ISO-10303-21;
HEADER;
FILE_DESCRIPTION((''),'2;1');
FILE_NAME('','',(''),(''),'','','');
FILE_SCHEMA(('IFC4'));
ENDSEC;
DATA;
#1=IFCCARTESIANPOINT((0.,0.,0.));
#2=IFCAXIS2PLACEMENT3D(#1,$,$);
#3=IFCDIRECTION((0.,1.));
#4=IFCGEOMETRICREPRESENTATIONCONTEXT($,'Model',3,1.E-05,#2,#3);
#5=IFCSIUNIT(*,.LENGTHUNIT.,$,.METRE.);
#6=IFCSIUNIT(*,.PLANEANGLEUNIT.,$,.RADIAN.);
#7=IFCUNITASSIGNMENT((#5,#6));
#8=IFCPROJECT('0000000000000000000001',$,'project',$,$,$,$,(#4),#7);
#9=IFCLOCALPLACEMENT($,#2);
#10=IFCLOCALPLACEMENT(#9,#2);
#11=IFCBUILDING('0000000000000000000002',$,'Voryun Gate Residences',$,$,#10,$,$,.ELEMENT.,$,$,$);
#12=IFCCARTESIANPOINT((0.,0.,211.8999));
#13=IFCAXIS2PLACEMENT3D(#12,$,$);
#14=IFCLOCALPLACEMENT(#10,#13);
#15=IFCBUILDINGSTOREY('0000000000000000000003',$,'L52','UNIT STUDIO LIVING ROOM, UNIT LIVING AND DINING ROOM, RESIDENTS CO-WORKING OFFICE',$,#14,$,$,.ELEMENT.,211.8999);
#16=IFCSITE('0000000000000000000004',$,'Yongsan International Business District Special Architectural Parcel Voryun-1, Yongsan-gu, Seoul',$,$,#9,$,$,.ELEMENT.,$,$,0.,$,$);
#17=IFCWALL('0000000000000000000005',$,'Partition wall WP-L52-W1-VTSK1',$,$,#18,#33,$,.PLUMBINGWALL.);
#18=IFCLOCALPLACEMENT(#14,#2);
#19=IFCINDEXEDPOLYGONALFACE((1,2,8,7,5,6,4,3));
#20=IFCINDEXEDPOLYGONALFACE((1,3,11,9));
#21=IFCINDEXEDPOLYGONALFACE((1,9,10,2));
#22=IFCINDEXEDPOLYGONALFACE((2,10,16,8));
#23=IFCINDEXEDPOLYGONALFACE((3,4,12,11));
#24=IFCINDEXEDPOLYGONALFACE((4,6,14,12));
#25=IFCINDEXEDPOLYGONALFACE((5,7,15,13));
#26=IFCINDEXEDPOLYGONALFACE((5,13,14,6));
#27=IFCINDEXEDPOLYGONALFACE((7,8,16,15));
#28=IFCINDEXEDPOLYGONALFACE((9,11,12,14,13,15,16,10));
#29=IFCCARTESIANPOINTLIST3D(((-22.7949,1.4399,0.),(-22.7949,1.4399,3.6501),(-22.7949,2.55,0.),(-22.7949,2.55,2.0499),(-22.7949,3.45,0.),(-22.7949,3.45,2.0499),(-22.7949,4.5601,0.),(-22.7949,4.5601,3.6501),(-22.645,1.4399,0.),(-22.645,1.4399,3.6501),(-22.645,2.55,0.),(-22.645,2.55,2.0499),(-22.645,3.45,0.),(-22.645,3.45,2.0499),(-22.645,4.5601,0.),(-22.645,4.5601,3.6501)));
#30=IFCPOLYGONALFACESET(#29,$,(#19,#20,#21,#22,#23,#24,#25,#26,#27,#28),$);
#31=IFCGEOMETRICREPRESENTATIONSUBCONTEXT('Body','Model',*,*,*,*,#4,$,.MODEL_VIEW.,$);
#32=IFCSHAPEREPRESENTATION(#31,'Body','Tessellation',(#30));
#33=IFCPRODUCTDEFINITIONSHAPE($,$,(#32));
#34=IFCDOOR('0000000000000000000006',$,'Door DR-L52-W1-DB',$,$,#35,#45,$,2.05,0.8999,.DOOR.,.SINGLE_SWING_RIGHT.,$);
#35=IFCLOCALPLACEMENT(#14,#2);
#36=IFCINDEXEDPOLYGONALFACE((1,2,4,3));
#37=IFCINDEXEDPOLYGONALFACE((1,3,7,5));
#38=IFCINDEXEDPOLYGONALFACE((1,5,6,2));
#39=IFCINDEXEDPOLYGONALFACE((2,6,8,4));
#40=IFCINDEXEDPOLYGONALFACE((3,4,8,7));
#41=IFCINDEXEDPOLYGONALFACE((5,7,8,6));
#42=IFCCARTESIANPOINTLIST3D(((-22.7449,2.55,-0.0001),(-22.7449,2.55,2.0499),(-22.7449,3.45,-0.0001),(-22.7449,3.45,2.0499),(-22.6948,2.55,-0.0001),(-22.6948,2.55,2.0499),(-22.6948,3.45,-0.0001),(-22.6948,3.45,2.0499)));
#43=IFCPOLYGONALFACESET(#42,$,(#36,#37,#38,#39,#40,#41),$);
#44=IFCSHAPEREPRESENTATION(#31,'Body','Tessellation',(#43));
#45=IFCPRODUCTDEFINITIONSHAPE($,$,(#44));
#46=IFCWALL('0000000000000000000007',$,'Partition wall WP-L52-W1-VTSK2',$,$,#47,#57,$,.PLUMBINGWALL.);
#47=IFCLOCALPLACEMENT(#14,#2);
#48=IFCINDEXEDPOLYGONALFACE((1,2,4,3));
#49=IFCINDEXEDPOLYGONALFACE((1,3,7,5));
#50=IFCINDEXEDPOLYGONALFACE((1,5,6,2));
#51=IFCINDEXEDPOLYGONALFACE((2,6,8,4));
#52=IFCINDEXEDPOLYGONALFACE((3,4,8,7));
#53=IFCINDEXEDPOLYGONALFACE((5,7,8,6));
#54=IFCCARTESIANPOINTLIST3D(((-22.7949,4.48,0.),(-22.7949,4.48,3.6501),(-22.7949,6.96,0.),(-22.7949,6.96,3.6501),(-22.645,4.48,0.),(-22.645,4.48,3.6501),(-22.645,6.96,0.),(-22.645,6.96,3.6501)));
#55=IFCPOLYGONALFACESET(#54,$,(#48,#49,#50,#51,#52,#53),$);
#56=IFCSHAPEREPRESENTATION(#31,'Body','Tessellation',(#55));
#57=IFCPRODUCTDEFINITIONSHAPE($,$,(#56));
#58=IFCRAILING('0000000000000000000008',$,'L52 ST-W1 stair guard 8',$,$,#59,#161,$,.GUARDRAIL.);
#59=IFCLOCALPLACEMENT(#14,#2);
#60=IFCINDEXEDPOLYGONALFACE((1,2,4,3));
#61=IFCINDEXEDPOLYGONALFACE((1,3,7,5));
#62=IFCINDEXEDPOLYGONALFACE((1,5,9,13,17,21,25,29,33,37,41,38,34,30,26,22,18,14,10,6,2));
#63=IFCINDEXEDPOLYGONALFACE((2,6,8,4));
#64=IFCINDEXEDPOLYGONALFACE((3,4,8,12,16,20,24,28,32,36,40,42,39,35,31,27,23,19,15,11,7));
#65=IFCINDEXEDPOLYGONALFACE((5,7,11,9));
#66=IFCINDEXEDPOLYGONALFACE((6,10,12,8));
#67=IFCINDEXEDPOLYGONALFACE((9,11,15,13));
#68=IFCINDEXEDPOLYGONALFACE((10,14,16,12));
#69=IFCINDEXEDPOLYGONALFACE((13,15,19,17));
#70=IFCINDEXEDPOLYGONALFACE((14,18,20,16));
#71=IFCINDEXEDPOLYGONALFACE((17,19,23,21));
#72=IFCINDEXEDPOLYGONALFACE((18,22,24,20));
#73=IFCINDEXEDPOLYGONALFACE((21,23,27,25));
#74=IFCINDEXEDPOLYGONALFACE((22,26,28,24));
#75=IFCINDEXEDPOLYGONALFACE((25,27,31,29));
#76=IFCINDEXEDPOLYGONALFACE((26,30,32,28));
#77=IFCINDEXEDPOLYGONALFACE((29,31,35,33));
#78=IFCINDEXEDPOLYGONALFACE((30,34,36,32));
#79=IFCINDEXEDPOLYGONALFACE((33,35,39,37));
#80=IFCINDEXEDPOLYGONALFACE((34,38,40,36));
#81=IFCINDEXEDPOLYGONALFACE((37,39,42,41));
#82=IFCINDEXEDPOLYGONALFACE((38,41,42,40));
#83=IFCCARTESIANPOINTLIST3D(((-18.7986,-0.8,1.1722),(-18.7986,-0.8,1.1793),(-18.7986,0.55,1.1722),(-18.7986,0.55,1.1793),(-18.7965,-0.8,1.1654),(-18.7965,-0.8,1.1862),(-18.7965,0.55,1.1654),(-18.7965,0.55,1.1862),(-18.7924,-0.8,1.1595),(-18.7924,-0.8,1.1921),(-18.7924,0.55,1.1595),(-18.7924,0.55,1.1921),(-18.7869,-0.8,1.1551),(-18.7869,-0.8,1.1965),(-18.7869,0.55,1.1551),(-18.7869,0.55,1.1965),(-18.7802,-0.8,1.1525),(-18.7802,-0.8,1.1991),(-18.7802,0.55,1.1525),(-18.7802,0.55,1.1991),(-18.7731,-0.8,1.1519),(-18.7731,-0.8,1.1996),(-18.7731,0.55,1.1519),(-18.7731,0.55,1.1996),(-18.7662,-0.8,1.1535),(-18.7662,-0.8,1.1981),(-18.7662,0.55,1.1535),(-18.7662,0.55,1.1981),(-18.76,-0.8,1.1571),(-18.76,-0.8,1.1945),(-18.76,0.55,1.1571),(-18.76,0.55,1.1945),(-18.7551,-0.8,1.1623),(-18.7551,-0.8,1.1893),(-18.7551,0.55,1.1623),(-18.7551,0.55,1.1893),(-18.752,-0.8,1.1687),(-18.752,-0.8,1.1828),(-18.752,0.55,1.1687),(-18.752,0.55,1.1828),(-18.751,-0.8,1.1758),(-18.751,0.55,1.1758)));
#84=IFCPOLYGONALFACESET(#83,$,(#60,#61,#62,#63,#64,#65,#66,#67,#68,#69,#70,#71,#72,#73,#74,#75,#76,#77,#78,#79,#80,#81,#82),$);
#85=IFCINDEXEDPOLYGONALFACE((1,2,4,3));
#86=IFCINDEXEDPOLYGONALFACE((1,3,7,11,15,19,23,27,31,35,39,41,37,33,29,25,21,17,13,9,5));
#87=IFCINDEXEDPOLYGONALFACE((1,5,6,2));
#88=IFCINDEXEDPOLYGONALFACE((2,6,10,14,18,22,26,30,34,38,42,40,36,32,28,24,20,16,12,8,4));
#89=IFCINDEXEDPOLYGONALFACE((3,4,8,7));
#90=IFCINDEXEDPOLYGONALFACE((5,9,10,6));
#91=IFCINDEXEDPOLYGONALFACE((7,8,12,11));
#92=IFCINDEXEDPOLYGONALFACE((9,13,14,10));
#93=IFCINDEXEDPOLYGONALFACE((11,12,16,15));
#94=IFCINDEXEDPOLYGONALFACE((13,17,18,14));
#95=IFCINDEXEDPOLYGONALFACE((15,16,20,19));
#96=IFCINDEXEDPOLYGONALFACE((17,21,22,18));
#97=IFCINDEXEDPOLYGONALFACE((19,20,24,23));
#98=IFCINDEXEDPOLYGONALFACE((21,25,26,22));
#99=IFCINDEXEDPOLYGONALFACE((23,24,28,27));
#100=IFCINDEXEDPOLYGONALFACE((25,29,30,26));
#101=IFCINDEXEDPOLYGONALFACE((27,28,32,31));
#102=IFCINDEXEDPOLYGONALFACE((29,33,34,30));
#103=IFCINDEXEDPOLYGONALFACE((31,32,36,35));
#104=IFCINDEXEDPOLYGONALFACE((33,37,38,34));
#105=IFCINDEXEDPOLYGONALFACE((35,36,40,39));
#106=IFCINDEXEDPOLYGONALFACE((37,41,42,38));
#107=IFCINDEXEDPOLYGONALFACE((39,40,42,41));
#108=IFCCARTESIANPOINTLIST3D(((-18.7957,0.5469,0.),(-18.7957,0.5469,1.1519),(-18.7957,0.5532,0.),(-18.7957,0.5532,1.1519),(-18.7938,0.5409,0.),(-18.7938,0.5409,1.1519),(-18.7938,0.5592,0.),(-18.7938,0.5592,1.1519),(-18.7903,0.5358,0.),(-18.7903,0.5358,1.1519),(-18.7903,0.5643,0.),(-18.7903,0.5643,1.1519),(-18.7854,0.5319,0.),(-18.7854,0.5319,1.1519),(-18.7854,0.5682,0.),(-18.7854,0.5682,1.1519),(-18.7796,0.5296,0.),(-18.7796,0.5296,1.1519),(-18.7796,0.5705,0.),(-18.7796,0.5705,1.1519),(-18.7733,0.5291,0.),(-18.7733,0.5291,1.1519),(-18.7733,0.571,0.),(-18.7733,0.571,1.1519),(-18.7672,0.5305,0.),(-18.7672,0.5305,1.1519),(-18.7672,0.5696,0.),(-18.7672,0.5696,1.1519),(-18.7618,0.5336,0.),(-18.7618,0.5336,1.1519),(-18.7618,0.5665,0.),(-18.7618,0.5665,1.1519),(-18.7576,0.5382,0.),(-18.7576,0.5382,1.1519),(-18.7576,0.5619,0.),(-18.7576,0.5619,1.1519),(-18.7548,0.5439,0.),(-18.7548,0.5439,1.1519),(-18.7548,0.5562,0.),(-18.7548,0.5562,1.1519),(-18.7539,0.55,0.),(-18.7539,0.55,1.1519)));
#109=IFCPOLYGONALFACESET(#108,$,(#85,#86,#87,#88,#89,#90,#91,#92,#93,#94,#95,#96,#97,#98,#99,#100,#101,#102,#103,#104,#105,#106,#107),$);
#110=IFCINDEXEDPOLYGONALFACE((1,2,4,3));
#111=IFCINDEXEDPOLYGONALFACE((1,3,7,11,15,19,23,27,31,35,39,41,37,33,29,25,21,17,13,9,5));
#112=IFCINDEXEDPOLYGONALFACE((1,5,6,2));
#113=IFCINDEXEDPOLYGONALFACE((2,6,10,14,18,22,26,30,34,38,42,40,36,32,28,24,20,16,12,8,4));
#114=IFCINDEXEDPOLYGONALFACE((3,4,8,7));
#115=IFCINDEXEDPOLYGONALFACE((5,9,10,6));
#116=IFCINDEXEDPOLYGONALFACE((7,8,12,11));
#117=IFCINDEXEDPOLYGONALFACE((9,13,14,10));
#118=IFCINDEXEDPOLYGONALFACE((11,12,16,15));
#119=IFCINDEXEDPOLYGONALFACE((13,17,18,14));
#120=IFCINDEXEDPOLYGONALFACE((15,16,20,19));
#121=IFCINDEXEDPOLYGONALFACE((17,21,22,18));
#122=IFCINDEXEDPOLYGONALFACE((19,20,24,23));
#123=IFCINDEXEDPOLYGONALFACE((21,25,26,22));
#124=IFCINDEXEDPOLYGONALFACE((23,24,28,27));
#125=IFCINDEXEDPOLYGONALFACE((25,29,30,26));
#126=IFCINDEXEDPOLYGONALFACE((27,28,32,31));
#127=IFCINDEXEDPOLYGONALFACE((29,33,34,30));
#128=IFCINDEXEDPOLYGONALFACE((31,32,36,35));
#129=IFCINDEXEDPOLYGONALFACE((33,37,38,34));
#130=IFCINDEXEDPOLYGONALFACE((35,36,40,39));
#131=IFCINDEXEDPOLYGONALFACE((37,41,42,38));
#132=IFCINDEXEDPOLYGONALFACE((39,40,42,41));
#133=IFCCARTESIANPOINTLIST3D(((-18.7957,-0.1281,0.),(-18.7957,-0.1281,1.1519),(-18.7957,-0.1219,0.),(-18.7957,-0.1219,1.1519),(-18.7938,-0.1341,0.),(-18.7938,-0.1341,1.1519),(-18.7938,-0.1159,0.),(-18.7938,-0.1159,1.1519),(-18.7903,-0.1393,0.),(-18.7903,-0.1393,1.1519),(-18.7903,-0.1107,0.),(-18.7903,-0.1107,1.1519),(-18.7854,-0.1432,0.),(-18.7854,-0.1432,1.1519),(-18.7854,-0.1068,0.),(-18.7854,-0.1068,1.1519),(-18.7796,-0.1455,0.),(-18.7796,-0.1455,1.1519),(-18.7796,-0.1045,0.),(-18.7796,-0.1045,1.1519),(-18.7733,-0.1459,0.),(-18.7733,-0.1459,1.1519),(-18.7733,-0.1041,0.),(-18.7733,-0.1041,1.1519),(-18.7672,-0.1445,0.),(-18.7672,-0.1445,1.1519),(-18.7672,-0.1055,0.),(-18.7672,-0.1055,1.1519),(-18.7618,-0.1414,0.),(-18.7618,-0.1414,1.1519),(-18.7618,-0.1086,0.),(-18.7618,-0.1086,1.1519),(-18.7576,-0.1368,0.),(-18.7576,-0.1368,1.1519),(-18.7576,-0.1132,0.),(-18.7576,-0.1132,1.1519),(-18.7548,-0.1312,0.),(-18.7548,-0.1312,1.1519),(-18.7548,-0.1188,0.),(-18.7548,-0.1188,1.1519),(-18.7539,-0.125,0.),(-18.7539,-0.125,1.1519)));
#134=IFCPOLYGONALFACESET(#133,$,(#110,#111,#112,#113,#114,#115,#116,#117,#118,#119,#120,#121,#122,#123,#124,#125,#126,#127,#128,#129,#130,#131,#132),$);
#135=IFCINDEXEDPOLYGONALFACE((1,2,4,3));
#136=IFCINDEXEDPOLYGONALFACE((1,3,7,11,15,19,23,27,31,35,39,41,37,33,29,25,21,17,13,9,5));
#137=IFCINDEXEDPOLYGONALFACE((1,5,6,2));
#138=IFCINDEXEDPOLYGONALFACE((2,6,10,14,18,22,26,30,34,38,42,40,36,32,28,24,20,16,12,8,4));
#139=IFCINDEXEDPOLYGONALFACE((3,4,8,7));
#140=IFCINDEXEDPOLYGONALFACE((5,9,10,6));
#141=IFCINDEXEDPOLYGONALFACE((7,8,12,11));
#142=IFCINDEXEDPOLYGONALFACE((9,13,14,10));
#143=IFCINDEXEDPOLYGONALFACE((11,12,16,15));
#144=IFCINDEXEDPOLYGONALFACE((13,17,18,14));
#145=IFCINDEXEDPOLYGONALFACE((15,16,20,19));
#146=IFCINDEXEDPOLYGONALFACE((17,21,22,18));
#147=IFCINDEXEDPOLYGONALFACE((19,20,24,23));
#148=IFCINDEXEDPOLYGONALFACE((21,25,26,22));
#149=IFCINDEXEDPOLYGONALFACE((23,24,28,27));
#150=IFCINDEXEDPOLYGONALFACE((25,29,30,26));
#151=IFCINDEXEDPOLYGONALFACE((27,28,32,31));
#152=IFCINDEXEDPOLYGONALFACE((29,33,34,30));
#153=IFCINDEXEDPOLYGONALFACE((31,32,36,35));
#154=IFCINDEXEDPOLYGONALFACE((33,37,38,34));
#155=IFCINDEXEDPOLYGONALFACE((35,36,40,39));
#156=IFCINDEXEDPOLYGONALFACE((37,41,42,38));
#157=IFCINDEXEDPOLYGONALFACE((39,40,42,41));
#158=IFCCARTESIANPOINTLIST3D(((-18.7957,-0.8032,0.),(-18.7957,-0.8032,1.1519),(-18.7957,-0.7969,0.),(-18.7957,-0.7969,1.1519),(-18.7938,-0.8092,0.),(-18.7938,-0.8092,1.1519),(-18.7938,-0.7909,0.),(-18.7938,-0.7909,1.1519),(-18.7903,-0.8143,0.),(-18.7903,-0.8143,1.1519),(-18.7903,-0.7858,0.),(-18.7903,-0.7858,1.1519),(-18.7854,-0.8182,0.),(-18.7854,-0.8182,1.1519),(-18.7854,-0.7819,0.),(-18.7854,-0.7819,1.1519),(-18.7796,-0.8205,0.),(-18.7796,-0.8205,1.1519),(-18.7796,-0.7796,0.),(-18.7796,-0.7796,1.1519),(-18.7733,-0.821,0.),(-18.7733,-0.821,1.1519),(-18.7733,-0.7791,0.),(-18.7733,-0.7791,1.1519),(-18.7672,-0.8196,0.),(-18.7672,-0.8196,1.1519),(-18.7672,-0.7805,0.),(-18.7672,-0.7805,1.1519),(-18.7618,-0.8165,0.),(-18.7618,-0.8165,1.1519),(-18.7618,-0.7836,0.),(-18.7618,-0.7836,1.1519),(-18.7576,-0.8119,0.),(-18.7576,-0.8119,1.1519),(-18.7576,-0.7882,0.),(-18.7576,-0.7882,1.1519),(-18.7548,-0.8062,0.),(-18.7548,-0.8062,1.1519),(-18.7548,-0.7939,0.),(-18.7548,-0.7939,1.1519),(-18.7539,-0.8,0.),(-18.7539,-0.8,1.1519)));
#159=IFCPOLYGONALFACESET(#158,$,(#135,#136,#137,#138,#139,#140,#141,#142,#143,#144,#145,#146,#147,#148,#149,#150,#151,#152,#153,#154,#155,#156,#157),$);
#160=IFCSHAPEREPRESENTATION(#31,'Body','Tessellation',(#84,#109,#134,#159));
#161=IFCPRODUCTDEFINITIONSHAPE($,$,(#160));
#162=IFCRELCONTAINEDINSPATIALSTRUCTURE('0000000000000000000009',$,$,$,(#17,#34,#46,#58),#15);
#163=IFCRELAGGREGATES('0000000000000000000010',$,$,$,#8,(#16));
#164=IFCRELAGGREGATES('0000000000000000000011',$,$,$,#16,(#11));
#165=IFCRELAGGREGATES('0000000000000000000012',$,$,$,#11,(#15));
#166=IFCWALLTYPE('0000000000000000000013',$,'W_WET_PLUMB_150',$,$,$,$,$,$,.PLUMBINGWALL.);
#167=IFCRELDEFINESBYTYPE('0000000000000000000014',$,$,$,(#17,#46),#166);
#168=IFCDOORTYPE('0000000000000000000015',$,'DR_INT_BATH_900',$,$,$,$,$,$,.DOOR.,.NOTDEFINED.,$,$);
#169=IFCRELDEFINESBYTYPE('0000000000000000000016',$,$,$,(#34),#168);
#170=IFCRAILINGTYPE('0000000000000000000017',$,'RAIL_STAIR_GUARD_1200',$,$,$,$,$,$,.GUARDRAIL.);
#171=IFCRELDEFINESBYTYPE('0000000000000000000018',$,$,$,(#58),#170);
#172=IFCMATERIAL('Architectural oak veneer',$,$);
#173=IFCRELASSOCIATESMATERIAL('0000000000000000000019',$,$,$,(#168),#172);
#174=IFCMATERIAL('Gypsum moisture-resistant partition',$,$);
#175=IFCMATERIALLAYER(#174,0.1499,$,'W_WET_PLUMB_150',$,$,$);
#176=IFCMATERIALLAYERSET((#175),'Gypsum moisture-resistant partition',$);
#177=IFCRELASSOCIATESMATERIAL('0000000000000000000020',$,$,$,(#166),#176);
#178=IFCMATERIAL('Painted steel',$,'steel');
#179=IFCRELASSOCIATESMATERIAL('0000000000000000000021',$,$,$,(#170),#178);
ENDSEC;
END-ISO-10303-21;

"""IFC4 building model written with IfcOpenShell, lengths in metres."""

from ifc_helpers import new_model, si_unit, direction, frame, frame_2d, origin, origin_2d, place, context, subcontext, project, spatial, rectangle, circle, extrude, material, layer, layer_set, type_object, element, fill, save


model = new_model("IFC4")

# Units and contexts
model_context = context("Model", 3, precision=1e-05, world=origin(), true_north=direction((0.0, 1.0)))
body_context = subcontext(model_context, "Body", "Model", "MODEL_VIEW")
ifc_project = project(units=[si_unit("LENGTHUNIT", "METRE"), si_unit("PLANEANGLEUNIT", "RADIAN")], contexts=[model_context])

# Site, building, storey
site_placement = place(None, origin())
site = spatial("IfcSite", under=ifc_project, at=site_placement, Name="Yongsan International Business District Special Architectural Parcel Voryun-1, Yongsan-gu, Seoul", CompositionType="ELEMENT", RefElevation=0.0)
building_placement = place(site_placement, origin())
building = spatial("IfcBuilding", under=site, at=building_placement, Name="Voryun Gate Residences", CompositionType="ELEMENT")
storey_placement = place(building_placement, frame((0.0, 0.0, 211.8999)))
storey = spatial("IfcBuildingStorey", under=building, at=storey_placement, Name="L52", Description="UNIT STUDIO LIVING ROOM, UNIT LIVING AND DINING ROOM, RESIDENTS CO-WORKING OFFICE", CompositionType="ELEMENT", Elevation=211.8999)

# Shared definitions
ifc_material_1 = material(Name="Architectural oak veneer")
door_type_1 = type_object("IfcDoorType", Name="DR_INT_BATH_900", OperationType="NOTDEFINED", PredefinedType="DOOR", material=ifc_material_1)

# Shared definitions
ifc_material_2 = material(Name="Gypsum moisture-resistant partition")
ifc_layer_1 = layer(ifc_material_2, 0.1499, Name="W_WET_PLUMB_150")
ifc_layer_set_1 = layer_set([ifc_layer_1], Name="Gypsum moisture-resistant partition")
wall_type_1 = type_object("IfcWallType", Name="W_WET_PLUMB_150", PredefinedType="PLUMBINGWALL", material=ifc_layer_set_1)

# Wall, opening, door
wall_1_placement = place(storey_placement, frame((-22.72, 1.4399, 0.0), z_axis=(0.0, 0.0, 1.0), x_axis=(0.0, 1.0, 0.0)))
wall_1 = element("IfcWall", 1, at=wall_1_placement, inside=storey, type_object=wall_type_1, Name="Partition wall WP-L52-W1-VTSK1", PredefinedType="PLUMBINGWALL", context=body_context, shape_type="SweptSolid", body=[
    extrude(rectangle(XDim=3.1201, YDim=0.1499, at=frame_2d((1.5601, 0.0))), origin(), (0.0, 0.0, 1.0), 3.6501),
])
opening_1_placement = place(wall_1_placement, frame((1.1101, 0.0, 0.0)))
opening_1 = element("IfcOpeningElement", 2, at=opening_1_placement, cuts=wall_1, PredefinedType="OPENING", context=body_context, shape_type="SweptSolid", body=[
    extrude(rectangle(XDim=0.8999, YDim=2.05, at=frame_2d((0.45, 1.0249))), frame((0.0, 0.085, 0.0), z_axis=(0.0, -1.0, 0.0), x_axis=(1.0, 0.0, 0.0)), (0.0, 0.0, 1.0), 0.1699),
])
door_1_placement = place(opening_1_placement, origin())
door_1 = element("IfcDoor", 3, at=door_1_placement, inside=storey, type_object=door_type_1, Name="Door DR-L52-W1-DB", OperationType="SINGLE_SWING_RIGHT", OverallHeight=2.05, OverallWidth=0.8999, PredefinedType="DOOR", context=body_context, shape_type="SweptSolid", body=[
    extrude(rectangle(XDim=0.8999, YDim=2.05, at=frame_2d((0.45, 1.0249))), frame((0.0, 0.0249, 0.0), z_axis=(0.0, -1.0, 0.0), x_axis=(1.0, 0.0, 0.0)), (0.0, 0.0, 1.0), 0.05),
])
fill(opening_1, door_1)

# Wall
wall_2_placement = place(storey_placement, frame((-22.72, 4.48, 0.0), z_axis=(0.0, 0.0, 1.0), x_axis=(0.0, 1.0, 0.0)))
element("IfcWall", 4, at=wall_2_placement, inside=storey, type_object=wall_type_1, Name="Partition wall WP-L52-W1-VTSK2", PredefinedType="PLUMBINGWALL", context=body_context, shape_type="SweptSolid", body=[
    extrude(rectangle(XDim=2.48, YDim=0.1499, at=frame_2d((1.24, 0.0))), origin(), (0.0, 0.0, 1.0), 3.6501),
])

# Railing
ifc_material_3 = material(Name="Painted steel", Category="steel")
railing_type = type_object("IfcRailingType", Name="RAIL_STAIR_GUARD_1200", PredefinedType="GUARDRAIL", material=ifc_material_3)
for number, where, name in (
    (5, (-18.7749, 0.55, 0.0), "L52 ST-W1 stair guard 8"),
):
    element("IfcRailing", number, at=place(storey_placement, frame(where)), inside=storey, type_object=railing_type, Name=name, PredefinedType="GUARDRAIL", context=body_context, shape_type="SweptSolid", body=[
        extrude(circle(Radius=0.0239, at=origin_2d()), frame((0.0, 0.0, 1.1758), z_axis=(0.0, -1.0, 0.0), x_axis=(1.0, 0.0, 0.0)), (0.0, 0.0, 1.0), 1.3501),
        extrude(circle(Radius=0.021, at=origin_2d()), origin(), (0.0, 0.0, 1.0), 1.1519),
        extrude(circle(Radius=0.021, at=origin_2d()), frame((0.0, -0.675, 0.0)), (0.0, 0.0, 1.0), 1.1519),
        extrude(circle(Radius=0.021, at=origin_2d()), frame((0.0, -1.3501, 0.0)), (0.0, 0.0, 1.0), 1.1519),
    ])

save(model, "model.ifc")
